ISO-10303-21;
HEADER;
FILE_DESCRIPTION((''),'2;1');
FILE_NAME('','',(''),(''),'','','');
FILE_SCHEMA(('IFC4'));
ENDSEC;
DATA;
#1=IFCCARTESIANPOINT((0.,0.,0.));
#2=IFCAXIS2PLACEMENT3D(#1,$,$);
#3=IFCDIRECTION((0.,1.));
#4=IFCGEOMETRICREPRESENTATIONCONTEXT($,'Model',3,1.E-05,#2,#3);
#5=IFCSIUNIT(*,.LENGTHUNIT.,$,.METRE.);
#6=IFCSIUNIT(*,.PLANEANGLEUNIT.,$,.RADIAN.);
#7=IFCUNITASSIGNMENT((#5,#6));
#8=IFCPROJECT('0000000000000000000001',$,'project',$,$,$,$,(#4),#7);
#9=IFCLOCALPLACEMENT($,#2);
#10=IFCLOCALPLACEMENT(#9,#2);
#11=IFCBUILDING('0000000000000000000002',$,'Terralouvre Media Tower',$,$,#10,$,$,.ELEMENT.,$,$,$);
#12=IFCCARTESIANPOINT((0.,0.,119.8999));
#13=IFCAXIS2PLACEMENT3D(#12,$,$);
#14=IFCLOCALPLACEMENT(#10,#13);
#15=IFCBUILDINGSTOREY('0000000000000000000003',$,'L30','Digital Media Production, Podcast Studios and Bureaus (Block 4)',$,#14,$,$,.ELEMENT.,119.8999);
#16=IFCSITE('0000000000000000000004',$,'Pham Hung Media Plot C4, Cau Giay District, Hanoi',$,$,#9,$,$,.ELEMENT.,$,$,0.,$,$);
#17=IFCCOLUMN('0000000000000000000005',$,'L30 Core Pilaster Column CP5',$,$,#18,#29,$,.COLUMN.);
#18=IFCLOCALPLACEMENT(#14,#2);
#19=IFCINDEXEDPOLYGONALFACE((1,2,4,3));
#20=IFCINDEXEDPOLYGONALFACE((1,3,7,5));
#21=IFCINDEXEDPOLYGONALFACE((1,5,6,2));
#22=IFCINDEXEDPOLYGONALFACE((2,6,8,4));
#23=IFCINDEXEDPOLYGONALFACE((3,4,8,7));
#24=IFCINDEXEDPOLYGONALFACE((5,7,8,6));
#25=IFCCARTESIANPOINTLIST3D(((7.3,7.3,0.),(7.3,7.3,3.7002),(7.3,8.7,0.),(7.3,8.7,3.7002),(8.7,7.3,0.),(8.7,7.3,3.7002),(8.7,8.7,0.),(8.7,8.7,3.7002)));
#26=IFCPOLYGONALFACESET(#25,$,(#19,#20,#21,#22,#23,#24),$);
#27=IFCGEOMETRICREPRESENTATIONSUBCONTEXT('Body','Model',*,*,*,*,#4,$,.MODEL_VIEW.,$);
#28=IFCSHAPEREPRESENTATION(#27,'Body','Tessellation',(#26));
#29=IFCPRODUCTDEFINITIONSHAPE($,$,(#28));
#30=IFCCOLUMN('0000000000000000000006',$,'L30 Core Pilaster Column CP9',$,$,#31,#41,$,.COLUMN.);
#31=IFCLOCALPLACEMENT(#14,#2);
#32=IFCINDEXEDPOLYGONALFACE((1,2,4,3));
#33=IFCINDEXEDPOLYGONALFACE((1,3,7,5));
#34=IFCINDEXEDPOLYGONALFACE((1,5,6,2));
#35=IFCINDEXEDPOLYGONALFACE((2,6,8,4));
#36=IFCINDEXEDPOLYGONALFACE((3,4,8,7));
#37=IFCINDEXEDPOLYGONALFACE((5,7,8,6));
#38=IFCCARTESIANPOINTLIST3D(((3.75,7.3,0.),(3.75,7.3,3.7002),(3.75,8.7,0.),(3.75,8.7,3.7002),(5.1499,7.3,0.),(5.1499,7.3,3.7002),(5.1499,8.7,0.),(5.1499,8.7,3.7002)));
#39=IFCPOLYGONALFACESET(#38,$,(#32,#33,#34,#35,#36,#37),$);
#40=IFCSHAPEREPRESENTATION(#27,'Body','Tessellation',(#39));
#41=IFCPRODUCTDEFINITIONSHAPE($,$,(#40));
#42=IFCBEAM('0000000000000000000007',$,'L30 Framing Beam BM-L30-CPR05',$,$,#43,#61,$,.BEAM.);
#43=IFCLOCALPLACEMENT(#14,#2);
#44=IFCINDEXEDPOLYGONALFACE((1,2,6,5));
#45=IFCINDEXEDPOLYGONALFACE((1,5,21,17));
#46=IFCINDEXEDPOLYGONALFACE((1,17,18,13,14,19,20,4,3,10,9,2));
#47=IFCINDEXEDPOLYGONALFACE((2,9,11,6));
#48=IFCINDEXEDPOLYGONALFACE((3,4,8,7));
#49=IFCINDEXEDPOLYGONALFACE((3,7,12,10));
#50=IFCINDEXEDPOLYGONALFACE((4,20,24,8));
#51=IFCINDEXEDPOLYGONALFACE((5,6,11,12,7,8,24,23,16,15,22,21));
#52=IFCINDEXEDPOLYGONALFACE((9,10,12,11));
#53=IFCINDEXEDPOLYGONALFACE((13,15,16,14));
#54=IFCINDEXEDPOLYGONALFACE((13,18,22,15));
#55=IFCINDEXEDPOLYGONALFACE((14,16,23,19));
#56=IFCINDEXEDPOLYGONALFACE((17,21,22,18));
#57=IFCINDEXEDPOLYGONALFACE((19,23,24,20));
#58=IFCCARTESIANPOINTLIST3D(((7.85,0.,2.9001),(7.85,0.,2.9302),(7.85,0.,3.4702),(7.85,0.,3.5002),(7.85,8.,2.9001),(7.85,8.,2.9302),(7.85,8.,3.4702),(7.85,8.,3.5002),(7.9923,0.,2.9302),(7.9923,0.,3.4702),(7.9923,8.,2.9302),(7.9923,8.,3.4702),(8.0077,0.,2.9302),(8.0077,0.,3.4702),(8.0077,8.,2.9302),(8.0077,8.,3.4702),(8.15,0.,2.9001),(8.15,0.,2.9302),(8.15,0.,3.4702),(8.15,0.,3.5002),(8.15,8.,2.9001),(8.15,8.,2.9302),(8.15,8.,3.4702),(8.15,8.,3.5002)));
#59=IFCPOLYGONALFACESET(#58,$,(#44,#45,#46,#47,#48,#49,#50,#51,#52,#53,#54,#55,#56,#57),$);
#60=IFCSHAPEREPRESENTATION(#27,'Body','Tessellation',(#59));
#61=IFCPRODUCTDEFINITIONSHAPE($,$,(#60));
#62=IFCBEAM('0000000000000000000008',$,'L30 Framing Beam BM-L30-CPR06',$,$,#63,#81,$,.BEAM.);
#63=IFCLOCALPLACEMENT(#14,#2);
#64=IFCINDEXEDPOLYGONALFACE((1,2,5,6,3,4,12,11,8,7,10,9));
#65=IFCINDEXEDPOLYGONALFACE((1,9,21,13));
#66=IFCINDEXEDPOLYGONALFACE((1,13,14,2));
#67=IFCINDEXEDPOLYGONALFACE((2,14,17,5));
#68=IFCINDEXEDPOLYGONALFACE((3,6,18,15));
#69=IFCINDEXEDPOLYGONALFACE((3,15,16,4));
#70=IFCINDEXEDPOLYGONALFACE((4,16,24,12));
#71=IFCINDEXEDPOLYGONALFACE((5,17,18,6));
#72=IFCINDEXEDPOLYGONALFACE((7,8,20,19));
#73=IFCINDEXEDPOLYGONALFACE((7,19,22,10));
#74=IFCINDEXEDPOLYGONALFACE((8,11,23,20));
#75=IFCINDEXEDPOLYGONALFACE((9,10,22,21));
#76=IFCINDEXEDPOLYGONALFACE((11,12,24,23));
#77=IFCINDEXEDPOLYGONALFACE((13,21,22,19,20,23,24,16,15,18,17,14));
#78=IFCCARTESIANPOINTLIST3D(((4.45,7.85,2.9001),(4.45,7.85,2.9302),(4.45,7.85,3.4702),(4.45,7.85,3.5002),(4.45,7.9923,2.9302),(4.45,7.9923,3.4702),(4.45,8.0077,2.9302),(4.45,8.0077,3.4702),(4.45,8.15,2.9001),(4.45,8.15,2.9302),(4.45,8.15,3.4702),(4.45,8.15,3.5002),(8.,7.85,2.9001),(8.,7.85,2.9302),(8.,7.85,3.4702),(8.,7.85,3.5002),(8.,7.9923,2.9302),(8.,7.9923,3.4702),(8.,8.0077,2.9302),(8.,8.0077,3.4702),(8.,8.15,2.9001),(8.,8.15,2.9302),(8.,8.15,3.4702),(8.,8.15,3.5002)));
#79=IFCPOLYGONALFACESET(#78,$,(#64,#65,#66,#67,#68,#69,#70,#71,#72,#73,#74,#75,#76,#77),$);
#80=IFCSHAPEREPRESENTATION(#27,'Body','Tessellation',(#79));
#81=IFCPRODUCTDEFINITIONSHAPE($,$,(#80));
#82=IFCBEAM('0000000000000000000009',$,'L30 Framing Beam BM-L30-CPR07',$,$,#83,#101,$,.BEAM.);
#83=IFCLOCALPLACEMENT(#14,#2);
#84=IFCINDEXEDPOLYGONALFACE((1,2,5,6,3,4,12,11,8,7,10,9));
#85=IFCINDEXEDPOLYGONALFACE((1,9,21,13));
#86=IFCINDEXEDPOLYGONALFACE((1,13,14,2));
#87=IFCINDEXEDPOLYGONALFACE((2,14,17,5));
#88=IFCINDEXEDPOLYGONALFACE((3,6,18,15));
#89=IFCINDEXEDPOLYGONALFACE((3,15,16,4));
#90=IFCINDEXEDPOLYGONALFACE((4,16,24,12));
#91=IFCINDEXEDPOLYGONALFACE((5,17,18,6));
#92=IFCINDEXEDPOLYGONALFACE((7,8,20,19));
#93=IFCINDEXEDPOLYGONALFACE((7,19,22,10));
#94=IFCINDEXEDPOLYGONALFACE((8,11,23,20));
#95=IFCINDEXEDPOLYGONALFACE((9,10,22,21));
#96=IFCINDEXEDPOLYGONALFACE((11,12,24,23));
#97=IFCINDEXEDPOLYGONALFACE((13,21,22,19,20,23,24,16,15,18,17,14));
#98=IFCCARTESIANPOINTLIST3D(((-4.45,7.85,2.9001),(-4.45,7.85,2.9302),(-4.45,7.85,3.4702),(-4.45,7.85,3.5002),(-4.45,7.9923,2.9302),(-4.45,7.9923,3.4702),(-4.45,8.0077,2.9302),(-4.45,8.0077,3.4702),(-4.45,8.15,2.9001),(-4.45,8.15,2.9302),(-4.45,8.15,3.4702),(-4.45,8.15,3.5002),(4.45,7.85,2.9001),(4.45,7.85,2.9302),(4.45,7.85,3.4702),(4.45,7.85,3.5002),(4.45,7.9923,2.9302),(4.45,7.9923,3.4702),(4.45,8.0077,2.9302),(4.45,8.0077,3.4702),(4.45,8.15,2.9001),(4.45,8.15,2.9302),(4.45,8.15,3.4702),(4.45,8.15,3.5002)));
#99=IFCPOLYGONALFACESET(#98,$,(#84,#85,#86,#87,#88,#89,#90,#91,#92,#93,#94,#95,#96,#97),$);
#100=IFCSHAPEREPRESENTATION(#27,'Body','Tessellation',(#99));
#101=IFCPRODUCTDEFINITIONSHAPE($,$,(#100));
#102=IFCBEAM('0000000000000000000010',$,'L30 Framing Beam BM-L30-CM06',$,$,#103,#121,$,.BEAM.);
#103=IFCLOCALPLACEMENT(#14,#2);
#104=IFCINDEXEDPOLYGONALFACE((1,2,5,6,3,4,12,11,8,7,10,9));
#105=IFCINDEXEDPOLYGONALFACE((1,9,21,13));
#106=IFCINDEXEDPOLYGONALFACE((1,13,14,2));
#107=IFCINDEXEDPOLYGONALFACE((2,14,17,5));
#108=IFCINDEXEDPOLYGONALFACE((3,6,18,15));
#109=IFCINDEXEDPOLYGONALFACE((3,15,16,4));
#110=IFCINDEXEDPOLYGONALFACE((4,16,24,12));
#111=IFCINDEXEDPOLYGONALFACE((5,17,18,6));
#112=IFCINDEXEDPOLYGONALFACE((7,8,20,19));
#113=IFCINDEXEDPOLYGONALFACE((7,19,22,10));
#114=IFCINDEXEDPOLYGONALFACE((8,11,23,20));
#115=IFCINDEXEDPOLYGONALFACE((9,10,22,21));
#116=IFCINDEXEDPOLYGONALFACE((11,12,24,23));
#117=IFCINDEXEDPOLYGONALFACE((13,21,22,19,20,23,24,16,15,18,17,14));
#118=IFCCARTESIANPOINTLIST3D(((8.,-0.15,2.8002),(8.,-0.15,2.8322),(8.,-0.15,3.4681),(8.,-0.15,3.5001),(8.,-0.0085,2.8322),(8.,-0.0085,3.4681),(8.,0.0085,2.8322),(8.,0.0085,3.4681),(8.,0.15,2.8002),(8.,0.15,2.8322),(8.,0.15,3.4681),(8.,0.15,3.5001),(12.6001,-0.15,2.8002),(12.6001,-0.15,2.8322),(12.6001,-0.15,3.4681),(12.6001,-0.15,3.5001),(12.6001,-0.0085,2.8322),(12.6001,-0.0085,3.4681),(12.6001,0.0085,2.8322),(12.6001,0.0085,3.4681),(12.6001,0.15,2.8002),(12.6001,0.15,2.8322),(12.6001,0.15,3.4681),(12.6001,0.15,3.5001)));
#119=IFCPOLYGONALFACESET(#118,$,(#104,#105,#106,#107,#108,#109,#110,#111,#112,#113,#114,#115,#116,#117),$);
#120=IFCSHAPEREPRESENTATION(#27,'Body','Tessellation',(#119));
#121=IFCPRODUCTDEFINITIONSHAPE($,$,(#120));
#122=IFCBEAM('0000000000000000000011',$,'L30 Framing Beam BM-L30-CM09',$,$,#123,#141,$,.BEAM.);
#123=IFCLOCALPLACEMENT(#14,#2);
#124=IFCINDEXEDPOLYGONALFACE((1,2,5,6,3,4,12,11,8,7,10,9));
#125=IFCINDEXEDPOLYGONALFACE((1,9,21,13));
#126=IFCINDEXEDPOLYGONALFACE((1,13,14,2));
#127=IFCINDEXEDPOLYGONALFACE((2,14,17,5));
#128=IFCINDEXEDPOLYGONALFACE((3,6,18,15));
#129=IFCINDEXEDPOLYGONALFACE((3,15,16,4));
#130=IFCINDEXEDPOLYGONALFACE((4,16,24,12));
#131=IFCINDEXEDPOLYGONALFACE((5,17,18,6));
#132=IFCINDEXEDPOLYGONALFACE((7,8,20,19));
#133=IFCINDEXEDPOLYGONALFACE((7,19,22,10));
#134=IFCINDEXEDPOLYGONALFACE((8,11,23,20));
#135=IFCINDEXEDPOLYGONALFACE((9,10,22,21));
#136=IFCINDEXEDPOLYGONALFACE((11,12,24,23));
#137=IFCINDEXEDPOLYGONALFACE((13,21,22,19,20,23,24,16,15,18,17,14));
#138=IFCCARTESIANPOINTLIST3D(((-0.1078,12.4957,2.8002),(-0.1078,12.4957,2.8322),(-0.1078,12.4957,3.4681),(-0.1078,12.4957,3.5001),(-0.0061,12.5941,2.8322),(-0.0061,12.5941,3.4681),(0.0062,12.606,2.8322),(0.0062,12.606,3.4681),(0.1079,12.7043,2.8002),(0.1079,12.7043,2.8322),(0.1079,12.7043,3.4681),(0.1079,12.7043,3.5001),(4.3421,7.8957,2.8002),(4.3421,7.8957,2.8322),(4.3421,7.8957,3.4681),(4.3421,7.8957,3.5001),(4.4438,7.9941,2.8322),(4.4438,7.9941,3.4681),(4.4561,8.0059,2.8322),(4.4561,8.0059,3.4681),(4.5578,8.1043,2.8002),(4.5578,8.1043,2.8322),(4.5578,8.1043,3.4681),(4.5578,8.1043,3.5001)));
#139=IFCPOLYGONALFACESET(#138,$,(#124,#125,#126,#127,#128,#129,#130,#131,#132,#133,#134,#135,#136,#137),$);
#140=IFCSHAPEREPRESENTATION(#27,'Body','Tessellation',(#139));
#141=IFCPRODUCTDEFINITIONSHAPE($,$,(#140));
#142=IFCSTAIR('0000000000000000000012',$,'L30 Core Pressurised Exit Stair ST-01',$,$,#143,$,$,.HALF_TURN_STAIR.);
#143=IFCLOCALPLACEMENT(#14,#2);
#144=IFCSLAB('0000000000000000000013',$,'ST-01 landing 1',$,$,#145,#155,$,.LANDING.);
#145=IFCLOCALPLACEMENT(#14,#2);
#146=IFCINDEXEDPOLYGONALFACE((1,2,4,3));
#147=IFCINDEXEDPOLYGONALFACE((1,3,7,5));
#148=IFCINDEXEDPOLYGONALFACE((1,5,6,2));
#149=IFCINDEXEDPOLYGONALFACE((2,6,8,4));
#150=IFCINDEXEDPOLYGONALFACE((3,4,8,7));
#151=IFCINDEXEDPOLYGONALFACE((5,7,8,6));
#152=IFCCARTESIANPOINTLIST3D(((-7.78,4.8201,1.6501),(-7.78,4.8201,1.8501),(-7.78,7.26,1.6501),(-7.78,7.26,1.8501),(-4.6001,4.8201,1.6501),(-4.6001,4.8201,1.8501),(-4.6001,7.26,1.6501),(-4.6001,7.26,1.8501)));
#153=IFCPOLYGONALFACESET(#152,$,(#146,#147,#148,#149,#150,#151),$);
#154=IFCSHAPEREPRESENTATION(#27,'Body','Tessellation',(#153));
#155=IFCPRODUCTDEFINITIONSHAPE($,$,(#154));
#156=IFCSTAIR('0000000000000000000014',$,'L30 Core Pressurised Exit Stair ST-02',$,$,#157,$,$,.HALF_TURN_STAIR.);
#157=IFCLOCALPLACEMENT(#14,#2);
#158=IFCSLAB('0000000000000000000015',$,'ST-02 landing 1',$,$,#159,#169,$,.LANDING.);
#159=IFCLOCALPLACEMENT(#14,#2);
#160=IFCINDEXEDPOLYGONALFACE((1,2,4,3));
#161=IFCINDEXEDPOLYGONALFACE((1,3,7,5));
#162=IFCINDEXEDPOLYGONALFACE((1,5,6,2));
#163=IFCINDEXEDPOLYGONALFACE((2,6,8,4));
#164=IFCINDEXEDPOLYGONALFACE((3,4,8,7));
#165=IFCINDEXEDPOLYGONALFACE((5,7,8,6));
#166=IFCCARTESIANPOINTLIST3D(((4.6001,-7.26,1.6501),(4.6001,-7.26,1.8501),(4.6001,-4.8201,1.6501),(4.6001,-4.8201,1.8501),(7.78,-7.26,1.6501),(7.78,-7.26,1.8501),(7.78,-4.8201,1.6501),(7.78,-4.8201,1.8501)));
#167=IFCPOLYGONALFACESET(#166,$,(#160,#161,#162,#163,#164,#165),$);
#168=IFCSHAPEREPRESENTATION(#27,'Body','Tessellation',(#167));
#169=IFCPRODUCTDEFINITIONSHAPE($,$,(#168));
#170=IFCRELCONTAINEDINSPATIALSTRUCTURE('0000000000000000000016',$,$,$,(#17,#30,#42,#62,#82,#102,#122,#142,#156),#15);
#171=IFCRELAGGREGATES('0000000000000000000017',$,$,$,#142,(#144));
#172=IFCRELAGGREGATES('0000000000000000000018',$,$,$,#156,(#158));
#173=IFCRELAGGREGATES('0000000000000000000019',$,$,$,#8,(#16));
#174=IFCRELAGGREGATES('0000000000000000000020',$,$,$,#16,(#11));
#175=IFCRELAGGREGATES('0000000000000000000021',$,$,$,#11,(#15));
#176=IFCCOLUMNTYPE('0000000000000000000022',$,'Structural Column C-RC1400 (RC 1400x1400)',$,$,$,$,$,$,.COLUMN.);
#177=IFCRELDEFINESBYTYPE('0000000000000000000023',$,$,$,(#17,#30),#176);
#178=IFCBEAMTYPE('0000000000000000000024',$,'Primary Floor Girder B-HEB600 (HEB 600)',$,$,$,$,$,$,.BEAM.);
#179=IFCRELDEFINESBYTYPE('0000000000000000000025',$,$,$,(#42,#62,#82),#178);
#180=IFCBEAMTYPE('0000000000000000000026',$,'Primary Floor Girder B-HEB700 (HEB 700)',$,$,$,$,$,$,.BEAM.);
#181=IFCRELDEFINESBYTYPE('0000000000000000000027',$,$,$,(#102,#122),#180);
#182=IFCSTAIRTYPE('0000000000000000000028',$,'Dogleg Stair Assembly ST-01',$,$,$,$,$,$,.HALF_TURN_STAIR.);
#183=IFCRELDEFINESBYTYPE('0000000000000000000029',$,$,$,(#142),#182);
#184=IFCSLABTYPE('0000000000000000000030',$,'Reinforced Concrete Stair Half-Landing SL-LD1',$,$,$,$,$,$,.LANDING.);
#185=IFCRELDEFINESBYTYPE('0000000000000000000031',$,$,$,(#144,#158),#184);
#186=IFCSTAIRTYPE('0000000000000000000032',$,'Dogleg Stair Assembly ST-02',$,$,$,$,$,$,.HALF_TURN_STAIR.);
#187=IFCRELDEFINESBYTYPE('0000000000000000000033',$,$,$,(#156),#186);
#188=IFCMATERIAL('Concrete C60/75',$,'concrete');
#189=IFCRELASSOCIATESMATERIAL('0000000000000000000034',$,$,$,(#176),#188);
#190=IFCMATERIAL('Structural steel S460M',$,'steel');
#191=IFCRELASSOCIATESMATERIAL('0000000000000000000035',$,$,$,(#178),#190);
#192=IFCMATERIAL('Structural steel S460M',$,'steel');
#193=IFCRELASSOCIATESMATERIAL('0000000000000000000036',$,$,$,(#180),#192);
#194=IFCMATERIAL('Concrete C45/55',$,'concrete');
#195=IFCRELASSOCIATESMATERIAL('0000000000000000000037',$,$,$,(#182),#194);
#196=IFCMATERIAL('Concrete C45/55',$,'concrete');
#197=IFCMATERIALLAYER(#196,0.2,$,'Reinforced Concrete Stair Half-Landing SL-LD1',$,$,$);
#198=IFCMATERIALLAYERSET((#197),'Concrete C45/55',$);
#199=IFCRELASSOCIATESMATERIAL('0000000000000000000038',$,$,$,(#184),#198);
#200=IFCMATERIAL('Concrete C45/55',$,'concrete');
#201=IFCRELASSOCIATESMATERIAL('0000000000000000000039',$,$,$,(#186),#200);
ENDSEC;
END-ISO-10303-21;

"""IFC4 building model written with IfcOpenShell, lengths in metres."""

from ifc_helpers import new_model, si_unit, direction, frame, origin, origin_2d, place, context, subcontext, project, spatial, polyline, rectangle, i_section, outline, extrude, material, layer, layer_set, material_profile, profile_set, type_object, element, aggregate, save


model = new_model("IFC4")

# Units and contexts
model_context = context("Model", 3, precision=1e-05, world=origin(), true_north=direction((0.0, 1.0)))
body_context = subcontext(model_context, "Body", "Model", "MODEL_VIEW")
ifc_project = project(units=[si_unit("LENGTHUNIT", "METRE"), si_unit("PLANEANGLEUNIT", "RADIAN")], contexts=[model_context])

# Site, building, storey
site_placement = place(None, origin())
site = spatial("IfcSite", under=ifc_project, at=site_placement, Name="Pham Hung Media Plot C4, Cau Giay District, Hanoi", CompositionType="ELEMENT", RefElevation=0.0)
building_placement = place(site_placement, origin())
building = spatial("IfcBuilding", under=site, at=building_placement, Name="Terralouvre Media Tower", CompositionType="ELEMENT")
storey_placement = place(building_placement, frame((0.0, 0.0, 119.8999)))
storey = spatial("IfcBuildingStorey", under=building, at=storey_placement, Name="L30", Description="Digital Media Production, Podcast Studios and Bureaus (Block 4)", CompositionType="ELEMENT", Elevation=119.8999)

# Columns
ifc_material_1 = material(Name="Concrete C60/75", Category="concrete")
ifc_material_profile_1 = material_profile(ifc_material_1, rectangle(XDim=1.3999, YDim=1.3999, at=origin_2d()), Name="RC 1400x1400")
ifc_profile_set_1 = profile_set([ifc_material_profile_1], Name="Concrete C60/75")
column_type = type_object("IfcColumnType", Name="Structural Column C-RC1400 (RC 1400x1400)", PredefinedType="COLUMN", material=ifc_profile_set_1)
for number, where, z_axis, x_axis, name in (
    (1, (8.0, 8.0, 0.0), (0.0, 0.0, 1.0), (1.0, 0.0, 0.0), "L30 Core Pilaster Column CP5"),
    (2, (4.45, 8.0, 0.0), (0.0, 0.0, 1.0), (1.0, 0.0, 0.0), "L30 Core Pilaster Column CP9"),
):
    element("IfcColumn", number, at=place(storey_placement, frame(where, z_axis=z_axis, x_axis=x_axis)), inside=storey, type_object=column_type, Name=name, PredefinedType="COLUMN", context=body_context, shape_type="SweptSolid", body=[
        extrude(rectangle(XDim=1.3999, YDim=1.3999, at=origin_2d()), origin(), (0.0, 0.0, 1.0), 3.7002),
    ])

# Beams
ifc_material_2 = material(Name="Structural steel S460M", Category="steel")
ifc_material_profile_2 = material_profile(ifc_material_2, i_section(OverallWidth=0.3, OverallDepth=0.6001, WebThickness=0.0154, FlangeThickness=0.03, at=origin_2d()), Name="HEB 600")
ifc_profile_set_2 = profile_set([ifc_material_profile_2], Name="Structural steel S460M")
beam_type_1 = type_object("IfcBeamType", Name="Primary Floor Girder B-HEB600 (HEB 600)", PredefinedType="BEAM", material=ifc_profile_set_2)
beam_1_placement = place(storey_placement, frame((8.0, 0.0, 3.2002), z_axis=(0.0, 1.0, 0.0), x_axis=(-1.0, 0.0, 0.0)))
element("IfcBeam", 3, at=beam_1_placement, inside=storey, type_object=beam_type_1, Name="L30 Framing Beam BM-L30-CPR05", PredefinedType="BEAM", context=body_context, shape_type="SweptSolid", body=[
    extrude(i_section(OverallWidth=0.3, OverallDepth=0.6001, WebThickness=0.0154, FlangeThickness=0.03, at=origin_2d()), origin(), (0.0, 0.0, 1.0), 8.0),
])
beam_2_placement = place(storey_placement, frame((8.0, 8.0, 3.2002), z_axis=(-1.0, 0.0, 0.0), x_axis=(0.0, -1.0, 0.0)))
element("IfcBeam", 4, at=beam_2_placement, inside=storey, type_object=beam_type_1, Name="L30 Framing Beam BM-L30-CPR06", PredefinedType="BEAM", context=body_context, shape_type="SweptSolid", body=[
    extrude(i_section(OverallWidth=0.3, OverallDepth=0.6001, WebThickness=0.0154, FlangeThickness=0.03, at=origin_2d()), origin(), (0.0, 0.0, 1.0), 3.55),
])
beam_3_placement = place(storey_placement, frame((4.45, 8.0, 3.2002), z_axis=(-1.0, 0.0, 0.0), x_axis=(0.0, -1.0, 0.0)))
element("IfcBeam", 5, at=beam_3_placement, inside=storey, type_object=beam_type_1, Name="L30 Framing Beam BM-L30-CPR07", PredefinedType="BEAM", context=body_context, shape_type="SweptSolid", body=[
    extrude(i_section(OverallWidth=0.3, OverallDepth=0.6001, WebThickness=0.0154, FlangeThickness=0.03, at=origin_2d()), origin(), (0.0, 0.0, 1.0), 8.8999),
])
ifc_material_3 = material(Name="Structural steel S460M", Category="steel")
ifc_material_profile_3 = material_profile(ifc_material_3, i_section(OverallWidth=0.3, OverallDepth=0.7, WebThickness=0.0171, FlangeThickness=0.032, at=origin_2d()), Name="HEB 700")
ifc_profile_set_3 = profile_set([ifc_material_profile_3], Name="Structural steel S460M")
beam_type_2 = type_object("IfcBeamType", Name="Primary Floor Girder B-HEB700 (HEB 700)", PredefinedType="BEAM", material=ifc_profile_set_3)
beam_4_placement = place(storey_placement, frame((8.0, 0.0, 3.1501), z_axis=(1.0, 0.0, 0.0), x_axis=(0.0, 1.0, 0.0)))
element("IfcBeam", 6, at=beam_4_placement, inside=storey, type_object=beam_type_2, Name="L30 Framing Beam BM-L30-CM06", PredefinedType="BEAM", context=body_context, shape_type="SweptSolid", body=[
    extrude(i_section(OverallWidth=0.3, OverallDepth=0.7, WebThickness=0.0171, FlangeThickness=0.032, at=origin_2d()), origin(), (0.0, 0.0, 1.0), 4.6001),
])
beam_5_placement = place(storey_placement, frame((4.45, 8.0, 3.1501), z_axis=(-0.69528, 0.718739, 0.0), x_axis=(-0.718739, -0.69528, 0.0)))
element("IfcBeam", 7, at=beam_5_placement, inside=storey, type_object=beam_type_2, Name="L30 Framing Beam BM-L30-CM09", PredefinedType="BEAM", context=body_context, shape_type="SweptSolid", body=[
    extrude(i_section(OverallWidth=0.3, OverallDepth=0.7, WebThickness=0.0171, FlangeThickness=0.032, at=origin_2d()), origin(), (0.0, 0.0, 1.0), 6.4001),
])

# Stairs, slabs
ifc_material_4 = material(Name="Concrete C45/55", Category="concrete")
stair_type_1 = type_object("IfcStairType", Name="Dogleg Stair Assembly ST-01", PredefinedType="HALF_TURN_STAIR", material=ifc_material_4)
stair_1_placement = place(storey_placement, origin())
stair_1 = element("IfcStair", 8, at=stair_1_placement, inside=storey, type_object=stair_type_1, Name="L30 Core Pressurised Exit Stair ST-01", PredefinedType="HALF_TURN_STAIR")
ifc_material_5 = material(Name="Concrete C45/55", Category="concrete")
ifc_layer_1 = layer(ifc_material_5, 0.2, Name="Reinforced Concrete Stair Half-Landing SL-LD1")
ifc_layer_set_1 = layer_set([ifc_layer_1], Name="Concrete C45/55")
slab_type = type_object("IfcSlabType", Name="Reinforced Concrete Stair Half-Landing SL-LD1", PredefinedType="LANDING", material=ifc_layer_set_1)
slab_1_placement = place(storey_placement, frame((0.0, 0.0, 1.6501)))
slab_1 = element("IfcSlab", 9, at=slab_1_placement, type_object=slab_type, Name="ST-01 landing 1", PredefinedType="LANDING", context=body_context, shape_type="SweptSolid", body=[
    extrude(outline(polyline([(-4.6001, 4.8201), (-4.6001, 7.26), (-7.78, 7.26), (-7.78, 4.8201), (-4.6001, 4.8201)])), origin(), (0.0, 0.0, 1.0), 0.2),
])
aggregate(stair_1, [slab_1])
ifc_material_6 = material(Name="Concrete C45/55", Category="concrete")
stair_type_2 = type_object("IfcStairType", Name="Dogleg Stair Assembly ST-02", PredefinedType="HALF_TURN_STAIR", material=ifc_material_6)
stair_2_placement = place(storey_placement, origin())
stair_2 = element("IfcStair", 10, at=stair_2_placement, inside=storey, type_object=stair_type_2, Name="L30 Core Pressurised Exit Stair ST-02", PredefinedType="HALF_TURN_STAIR")
slab_2_placement = place(storey_placement, frame((0.0, 0.0, 1.6501)))
slab_2 = element("IfcSlab", 11, at=slab_2_placement, type_object=slab_type, Name="ST-02 landing 1", PredefinedType="LANDING", context=body_context, shape_type="SweptSolid", body=[
    extrude(outline(polyline([(4.6001, -4.8201), (4.6001, -7.26), (7.78, -7.26), (7.78, -4.8201), (4.6001, -4.8201)])), origin(), (0.0, 0.0, 1.0), 0.2),
])
aggregate(stair_2, [slab_2])

save(model, "model.ifc")
